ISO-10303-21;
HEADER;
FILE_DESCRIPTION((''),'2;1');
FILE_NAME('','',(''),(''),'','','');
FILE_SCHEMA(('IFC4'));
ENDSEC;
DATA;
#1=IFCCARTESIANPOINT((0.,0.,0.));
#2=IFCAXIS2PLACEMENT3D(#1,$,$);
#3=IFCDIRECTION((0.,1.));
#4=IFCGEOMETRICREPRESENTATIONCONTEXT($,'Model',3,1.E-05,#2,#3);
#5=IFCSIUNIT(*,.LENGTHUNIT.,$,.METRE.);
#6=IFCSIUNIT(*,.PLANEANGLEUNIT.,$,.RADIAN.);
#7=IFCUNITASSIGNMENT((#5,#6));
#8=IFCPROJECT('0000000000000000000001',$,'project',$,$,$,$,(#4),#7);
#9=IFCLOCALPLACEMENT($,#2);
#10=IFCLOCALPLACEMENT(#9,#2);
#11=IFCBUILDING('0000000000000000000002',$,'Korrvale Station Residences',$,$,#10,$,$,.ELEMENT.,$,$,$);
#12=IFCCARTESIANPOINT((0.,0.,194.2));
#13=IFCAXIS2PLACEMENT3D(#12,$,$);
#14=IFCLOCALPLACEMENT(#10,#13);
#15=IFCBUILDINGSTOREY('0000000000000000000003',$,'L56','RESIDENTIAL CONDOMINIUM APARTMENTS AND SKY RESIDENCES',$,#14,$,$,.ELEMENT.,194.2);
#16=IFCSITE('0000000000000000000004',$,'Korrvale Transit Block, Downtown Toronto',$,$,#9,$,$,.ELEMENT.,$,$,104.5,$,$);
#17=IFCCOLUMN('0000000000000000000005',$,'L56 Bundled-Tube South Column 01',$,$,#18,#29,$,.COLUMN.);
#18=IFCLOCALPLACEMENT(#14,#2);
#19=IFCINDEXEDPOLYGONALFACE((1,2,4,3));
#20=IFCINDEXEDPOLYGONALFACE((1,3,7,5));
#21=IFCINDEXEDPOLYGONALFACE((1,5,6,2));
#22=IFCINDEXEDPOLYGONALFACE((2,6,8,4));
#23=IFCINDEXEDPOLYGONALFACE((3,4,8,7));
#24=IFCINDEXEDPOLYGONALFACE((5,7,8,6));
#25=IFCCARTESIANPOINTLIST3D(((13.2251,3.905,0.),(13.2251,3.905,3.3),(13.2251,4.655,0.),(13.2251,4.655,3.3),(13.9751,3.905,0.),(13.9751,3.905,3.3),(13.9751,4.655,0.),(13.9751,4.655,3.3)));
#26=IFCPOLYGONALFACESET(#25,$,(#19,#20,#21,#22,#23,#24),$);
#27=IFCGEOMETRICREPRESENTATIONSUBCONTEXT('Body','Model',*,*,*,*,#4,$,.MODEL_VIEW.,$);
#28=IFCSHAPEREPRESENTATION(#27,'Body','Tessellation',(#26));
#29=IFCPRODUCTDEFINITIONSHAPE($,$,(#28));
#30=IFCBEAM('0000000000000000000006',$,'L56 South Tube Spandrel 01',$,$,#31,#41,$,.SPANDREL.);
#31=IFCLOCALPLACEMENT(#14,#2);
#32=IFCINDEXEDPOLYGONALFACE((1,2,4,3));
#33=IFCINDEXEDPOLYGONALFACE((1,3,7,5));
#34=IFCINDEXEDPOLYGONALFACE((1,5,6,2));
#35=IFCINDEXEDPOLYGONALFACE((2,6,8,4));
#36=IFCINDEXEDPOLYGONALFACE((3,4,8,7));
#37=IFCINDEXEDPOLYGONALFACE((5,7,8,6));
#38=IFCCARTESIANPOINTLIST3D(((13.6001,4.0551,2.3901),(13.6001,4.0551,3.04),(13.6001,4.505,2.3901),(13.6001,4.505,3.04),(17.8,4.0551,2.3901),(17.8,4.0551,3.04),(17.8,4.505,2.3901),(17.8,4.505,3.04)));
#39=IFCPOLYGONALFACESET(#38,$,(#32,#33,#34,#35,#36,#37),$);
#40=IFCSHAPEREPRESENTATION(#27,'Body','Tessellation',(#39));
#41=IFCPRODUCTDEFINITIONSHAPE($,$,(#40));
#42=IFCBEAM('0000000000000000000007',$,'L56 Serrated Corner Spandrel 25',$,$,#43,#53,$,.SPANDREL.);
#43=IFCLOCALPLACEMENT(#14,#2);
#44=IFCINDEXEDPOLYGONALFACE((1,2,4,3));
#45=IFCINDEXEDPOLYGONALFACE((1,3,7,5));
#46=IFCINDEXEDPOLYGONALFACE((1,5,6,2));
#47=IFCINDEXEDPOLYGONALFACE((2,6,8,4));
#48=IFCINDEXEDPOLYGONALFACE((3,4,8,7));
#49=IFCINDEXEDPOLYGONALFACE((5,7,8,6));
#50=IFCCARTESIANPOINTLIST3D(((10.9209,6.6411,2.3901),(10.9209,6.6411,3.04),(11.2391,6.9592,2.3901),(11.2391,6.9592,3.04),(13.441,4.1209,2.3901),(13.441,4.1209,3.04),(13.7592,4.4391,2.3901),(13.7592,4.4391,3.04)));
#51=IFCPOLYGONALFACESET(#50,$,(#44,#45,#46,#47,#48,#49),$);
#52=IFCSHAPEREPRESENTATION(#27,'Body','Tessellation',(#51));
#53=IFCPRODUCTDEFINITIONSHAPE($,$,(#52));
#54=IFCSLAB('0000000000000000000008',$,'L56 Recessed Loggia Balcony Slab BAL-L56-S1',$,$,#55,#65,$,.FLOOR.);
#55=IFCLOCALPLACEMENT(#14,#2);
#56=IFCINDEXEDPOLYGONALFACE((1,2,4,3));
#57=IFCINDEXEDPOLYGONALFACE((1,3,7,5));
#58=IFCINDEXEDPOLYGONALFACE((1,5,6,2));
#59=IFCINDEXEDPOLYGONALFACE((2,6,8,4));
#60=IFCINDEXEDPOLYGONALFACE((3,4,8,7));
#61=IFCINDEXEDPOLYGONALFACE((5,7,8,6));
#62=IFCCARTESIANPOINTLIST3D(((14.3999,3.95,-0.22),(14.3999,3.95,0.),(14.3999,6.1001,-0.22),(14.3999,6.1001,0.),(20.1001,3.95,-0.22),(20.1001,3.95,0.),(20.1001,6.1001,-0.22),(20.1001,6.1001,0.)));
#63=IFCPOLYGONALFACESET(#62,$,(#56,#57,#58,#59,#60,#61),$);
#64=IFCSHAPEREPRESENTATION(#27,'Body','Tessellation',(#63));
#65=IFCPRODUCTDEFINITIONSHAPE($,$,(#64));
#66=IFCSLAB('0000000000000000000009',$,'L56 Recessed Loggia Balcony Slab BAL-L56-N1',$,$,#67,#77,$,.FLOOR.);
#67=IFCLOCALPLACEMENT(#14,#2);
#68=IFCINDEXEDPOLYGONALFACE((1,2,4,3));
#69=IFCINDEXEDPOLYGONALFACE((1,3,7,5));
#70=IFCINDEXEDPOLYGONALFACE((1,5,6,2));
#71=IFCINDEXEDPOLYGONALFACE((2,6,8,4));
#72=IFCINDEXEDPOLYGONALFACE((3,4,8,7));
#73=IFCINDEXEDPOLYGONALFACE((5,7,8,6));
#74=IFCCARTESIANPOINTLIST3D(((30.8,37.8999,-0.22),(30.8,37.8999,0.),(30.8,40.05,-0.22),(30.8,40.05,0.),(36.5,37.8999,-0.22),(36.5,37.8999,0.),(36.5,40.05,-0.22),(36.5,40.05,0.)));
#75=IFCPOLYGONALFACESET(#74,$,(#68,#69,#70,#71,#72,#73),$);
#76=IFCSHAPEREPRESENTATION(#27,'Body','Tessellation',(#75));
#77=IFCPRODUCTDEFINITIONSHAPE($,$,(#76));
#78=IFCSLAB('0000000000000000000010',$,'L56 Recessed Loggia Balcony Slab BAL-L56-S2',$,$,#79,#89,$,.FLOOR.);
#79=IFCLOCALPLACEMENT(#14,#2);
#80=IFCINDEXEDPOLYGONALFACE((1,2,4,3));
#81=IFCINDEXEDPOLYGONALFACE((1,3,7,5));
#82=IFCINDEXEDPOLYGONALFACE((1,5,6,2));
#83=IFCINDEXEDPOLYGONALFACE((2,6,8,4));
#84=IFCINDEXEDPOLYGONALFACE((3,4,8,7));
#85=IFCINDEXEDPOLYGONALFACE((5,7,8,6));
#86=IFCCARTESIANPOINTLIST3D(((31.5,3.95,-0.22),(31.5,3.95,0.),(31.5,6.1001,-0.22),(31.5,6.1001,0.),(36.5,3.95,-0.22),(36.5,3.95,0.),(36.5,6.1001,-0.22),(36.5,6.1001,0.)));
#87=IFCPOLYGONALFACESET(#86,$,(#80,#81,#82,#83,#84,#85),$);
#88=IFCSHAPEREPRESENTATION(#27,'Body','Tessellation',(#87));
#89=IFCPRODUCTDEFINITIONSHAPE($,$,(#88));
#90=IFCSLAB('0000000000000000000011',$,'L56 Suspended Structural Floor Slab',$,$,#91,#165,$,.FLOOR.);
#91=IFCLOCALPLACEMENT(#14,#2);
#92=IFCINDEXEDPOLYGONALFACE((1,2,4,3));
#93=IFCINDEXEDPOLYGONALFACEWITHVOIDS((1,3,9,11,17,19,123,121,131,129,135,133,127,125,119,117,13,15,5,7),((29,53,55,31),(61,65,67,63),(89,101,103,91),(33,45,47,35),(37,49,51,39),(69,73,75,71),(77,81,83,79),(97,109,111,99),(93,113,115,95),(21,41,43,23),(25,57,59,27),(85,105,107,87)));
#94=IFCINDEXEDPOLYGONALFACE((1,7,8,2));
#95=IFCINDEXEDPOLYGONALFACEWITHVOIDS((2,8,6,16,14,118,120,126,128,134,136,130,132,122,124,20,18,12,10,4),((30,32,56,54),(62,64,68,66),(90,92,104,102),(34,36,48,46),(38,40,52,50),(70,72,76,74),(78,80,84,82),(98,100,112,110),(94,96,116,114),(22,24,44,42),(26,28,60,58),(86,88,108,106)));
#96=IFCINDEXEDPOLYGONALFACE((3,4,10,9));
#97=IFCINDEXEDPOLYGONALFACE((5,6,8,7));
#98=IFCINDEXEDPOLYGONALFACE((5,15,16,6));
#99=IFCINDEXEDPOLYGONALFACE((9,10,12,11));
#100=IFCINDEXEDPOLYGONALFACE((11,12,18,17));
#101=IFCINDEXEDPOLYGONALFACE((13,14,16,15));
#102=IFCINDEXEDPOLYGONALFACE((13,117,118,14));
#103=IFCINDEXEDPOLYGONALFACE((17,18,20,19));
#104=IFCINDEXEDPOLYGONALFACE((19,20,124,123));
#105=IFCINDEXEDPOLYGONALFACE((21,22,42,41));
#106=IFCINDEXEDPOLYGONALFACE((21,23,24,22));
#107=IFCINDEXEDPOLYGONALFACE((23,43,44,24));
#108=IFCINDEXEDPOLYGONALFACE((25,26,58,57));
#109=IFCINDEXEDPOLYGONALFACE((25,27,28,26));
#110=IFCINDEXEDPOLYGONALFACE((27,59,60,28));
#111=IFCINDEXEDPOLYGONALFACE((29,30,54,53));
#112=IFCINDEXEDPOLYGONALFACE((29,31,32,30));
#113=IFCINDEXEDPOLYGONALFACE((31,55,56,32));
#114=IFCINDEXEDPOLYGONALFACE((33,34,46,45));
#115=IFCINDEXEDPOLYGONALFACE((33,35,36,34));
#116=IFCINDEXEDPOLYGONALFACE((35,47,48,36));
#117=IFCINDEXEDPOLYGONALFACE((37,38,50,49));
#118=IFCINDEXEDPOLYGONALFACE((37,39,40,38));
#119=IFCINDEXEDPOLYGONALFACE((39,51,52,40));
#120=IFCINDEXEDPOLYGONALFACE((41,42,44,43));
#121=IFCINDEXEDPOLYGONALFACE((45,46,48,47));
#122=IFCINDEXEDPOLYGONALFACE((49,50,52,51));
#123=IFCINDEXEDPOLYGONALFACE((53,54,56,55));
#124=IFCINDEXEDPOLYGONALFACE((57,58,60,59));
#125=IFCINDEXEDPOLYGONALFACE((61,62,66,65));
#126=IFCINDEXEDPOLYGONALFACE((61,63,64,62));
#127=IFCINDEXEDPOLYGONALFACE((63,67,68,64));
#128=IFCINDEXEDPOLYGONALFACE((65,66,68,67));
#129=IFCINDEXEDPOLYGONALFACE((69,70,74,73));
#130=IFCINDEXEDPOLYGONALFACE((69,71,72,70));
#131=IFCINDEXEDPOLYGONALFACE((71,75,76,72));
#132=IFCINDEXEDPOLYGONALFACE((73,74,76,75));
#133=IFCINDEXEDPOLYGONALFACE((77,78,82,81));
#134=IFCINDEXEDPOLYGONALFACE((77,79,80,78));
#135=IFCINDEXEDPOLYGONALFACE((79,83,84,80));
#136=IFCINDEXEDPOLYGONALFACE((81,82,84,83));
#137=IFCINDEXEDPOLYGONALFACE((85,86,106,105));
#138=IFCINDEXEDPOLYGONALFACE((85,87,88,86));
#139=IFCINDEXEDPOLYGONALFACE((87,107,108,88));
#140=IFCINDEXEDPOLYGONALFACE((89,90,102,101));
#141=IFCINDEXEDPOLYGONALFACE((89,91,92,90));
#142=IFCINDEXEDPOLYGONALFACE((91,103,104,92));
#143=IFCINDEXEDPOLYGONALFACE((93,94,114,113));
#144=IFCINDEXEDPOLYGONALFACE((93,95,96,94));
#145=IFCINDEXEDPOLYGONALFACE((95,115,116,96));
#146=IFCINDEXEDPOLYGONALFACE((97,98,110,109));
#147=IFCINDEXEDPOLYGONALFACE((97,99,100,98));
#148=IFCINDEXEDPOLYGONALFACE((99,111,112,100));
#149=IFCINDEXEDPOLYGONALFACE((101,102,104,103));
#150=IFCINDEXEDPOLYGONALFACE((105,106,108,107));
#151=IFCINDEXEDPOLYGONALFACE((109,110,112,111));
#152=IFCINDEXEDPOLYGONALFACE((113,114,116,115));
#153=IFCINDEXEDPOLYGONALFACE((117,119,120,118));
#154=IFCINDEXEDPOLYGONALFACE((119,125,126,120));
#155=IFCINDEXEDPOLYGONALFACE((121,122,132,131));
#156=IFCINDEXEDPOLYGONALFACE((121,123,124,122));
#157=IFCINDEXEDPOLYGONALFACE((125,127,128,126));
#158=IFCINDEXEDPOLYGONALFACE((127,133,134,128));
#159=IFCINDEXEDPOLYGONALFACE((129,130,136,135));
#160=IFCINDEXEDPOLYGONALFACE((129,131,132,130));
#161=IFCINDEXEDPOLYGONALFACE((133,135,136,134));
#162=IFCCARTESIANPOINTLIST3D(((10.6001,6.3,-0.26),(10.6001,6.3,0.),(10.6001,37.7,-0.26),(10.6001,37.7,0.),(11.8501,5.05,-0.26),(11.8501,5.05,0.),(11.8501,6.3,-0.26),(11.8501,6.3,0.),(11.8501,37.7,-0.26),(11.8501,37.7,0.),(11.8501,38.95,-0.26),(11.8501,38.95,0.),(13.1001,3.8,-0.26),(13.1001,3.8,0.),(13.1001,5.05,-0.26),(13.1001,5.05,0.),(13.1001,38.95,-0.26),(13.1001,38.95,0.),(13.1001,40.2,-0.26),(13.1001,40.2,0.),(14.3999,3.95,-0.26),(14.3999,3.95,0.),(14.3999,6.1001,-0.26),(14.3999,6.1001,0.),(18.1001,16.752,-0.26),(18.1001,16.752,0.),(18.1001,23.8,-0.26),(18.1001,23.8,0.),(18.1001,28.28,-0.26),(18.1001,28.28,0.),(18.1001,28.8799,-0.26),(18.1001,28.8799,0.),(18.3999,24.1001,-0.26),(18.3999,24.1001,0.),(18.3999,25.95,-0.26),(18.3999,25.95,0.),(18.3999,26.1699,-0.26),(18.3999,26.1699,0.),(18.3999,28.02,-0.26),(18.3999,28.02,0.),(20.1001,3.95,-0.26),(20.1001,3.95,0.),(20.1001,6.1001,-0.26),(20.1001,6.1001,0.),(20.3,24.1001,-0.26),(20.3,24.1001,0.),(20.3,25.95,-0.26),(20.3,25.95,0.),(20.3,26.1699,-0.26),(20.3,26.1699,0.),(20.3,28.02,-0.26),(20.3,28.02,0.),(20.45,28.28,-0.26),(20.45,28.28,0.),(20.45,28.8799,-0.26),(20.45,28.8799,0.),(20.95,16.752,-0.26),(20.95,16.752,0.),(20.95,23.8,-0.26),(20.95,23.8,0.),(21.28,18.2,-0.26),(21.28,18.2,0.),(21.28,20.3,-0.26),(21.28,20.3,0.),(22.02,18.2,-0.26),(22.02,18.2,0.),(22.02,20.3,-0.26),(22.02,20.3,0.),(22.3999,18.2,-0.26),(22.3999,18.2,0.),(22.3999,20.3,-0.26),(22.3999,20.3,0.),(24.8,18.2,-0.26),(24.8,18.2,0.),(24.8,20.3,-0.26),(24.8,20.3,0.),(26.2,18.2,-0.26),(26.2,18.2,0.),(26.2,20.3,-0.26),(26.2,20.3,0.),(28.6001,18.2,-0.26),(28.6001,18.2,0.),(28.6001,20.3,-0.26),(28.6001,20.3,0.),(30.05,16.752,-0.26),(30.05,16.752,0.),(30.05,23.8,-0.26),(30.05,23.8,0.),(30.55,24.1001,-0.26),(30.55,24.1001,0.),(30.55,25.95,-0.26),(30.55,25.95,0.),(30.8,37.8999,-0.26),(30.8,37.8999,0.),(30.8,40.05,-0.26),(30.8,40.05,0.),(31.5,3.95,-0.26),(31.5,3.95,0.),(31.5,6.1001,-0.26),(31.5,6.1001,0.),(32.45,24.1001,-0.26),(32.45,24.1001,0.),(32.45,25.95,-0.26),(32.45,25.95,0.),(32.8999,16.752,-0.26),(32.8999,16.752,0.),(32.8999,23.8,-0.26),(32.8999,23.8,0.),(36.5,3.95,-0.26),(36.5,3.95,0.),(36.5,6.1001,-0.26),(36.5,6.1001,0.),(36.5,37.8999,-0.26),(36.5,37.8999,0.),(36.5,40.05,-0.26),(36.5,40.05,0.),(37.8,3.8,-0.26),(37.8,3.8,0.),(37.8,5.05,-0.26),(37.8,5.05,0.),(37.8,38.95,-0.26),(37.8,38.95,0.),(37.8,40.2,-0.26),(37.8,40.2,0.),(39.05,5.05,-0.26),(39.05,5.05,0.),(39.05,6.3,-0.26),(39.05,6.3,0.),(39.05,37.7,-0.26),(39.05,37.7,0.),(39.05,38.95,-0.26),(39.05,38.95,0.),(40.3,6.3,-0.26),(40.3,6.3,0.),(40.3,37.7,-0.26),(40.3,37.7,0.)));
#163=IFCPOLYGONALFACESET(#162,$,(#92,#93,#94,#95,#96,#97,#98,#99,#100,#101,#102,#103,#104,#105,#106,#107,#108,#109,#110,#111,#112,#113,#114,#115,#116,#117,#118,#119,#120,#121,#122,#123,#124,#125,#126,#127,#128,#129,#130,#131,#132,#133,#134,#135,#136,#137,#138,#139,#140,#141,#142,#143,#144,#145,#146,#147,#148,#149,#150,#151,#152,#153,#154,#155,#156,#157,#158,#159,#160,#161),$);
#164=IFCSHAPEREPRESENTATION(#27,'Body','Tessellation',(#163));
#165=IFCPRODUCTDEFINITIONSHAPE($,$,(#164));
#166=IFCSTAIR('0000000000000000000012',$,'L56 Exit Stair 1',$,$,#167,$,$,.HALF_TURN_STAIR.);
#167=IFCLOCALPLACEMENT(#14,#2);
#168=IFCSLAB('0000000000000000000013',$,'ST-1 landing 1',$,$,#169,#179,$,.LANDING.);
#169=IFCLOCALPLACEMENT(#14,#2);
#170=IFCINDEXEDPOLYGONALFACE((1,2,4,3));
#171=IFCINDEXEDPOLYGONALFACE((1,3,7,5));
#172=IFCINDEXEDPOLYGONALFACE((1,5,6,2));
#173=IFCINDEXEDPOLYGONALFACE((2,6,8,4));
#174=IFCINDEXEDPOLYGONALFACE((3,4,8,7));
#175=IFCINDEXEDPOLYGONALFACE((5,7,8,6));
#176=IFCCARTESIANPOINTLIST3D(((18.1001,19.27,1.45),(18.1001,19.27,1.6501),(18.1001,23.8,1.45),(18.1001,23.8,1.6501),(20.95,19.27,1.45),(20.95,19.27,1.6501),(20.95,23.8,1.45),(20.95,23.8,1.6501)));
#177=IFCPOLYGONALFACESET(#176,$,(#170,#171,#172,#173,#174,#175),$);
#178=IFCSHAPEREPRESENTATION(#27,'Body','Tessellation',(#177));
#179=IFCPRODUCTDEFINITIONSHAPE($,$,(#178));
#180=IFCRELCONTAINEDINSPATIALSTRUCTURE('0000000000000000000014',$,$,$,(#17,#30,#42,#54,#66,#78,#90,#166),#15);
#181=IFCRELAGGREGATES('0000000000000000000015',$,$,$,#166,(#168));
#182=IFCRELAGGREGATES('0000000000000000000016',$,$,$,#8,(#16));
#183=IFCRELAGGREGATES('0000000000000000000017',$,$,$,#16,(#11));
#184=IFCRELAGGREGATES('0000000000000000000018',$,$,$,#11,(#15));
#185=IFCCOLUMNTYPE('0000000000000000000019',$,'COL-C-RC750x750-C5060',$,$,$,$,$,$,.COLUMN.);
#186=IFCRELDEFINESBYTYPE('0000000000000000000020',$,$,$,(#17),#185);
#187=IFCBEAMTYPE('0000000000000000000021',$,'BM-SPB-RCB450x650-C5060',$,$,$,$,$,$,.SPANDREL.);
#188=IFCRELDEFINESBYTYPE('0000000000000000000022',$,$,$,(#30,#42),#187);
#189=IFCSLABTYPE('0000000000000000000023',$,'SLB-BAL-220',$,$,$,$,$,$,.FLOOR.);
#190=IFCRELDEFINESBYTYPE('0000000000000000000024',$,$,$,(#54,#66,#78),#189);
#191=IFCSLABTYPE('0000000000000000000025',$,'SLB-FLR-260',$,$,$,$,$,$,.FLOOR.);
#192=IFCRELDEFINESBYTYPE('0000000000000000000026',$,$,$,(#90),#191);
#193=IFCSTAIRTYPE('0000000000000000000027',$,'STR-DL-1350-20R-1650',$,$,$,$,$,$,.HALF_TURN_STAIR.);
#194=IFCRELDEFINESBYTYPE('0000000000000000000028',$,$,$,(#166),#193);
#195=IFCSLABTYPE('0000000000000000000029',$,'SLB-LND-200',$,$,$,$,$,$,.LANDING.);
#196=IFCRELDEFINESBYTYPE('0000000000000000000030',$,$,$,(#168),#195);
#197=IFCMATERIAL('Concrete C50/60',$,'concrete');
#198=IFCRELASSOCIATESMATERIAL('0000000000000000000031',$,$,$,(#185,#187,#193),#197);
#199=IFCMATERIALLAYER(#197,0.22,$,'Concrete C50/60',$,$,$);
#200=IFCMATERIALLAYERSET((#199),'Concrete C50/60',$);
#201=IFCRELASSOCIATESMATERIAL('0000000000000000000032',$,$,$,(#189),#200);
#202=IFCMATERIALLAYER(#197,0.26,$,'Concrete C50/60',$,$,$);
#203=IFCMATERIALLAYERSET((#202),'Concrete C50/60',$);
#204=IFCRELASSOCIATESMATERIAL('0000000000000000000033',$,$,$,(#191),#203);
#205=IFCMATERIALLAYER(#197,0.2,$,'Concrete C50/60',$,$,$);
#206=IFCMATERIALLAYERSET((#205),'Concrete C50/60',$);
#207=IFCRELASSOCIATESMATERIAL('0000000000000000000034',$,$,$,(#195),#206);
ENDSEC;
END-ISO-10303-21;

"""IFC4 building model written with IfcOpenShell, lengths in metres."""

from ifc_helpers import new_model, si_unit, direction, frame, origin, origin_2d, place, context, subcontext, project, spatial, polyline, rectangle, outline, extrude, material, layer, layer_set, material_profile, profile_set, type_object, element, aggregate, save


model = new_model("IFC4")

# Units and contexts
model_context = context("Model", 3, precision=1e-05, world=origin(), true_north=direction((0.0, 1.0)))
body_context = subcontext(model_context, "Body", "Model", "MODEL_VIEW")
ifc_project = project(units=[si_unit("LENGTHUNIT", "METRE"), si_unit("PLANEANGLEUNIT", "RADIAN")], contexts=[model_context])

# Site, building, storey
site_placement = place(None, origin())
site = spatial("IfcSite", under=ifc_project, at=site_placement, Name="Korrvale Transit Block, Downtown Toronto", CompositionType="ELEMENT", RefElevation=104.5)
building_placement = place(site_placement, origin())
building = spatial("IfcBuilding", under=site, at=building_placement, Name="Korrvale Station Residences", CompositionType="ELEMENT")
storey_placement = place(building_placement, frame((0.0, 0.0, 194.2)))
storey = spatial("IfcBuildingStorey", under=building, at=storey_placement, Name="L56", Description="RESIDENTIAL CONDOMINIUM APARTMENTS AND SKY RESIDENCES", CompositionType="ELEMENT", Elevation=194.2)

# Column
ifc_material_1 = material(Name="Concrete C50/60", Category="concrete")
ifc_material_profile_1 = material_profile(ifc_material_1, rectangle(XDim=0.75, YDim=0.75, at=origin_2d()), Name="RC750x750")
ifc_profile_set_1 = profile_set([ifc_material_profile_1], Name="Concrete C50/60")
column_type = type_object("IfcColumnType", Name="COL-C-RC750x750-C5060", PredefinedType="COLUMN", material=ifc_profile_set_1)
column_placement = place(storey_placement, frame((13.6001, 4.28, 0.0), z_axis=(0.0, 0.0, 1.0), x_axis=(1.0, 0.0, 0.0)))
element("IfcColumn", 1, at=column_placement, inside=storey, type_object=column_type, Name="L56 Bundled-Tube South Column 01", PredefinedType="COLUMN", context=body_context, shape_type="SweptSolid", body=[
    extrude(rectangle(XDim=0.75, YDim=0.75, at=origin_2d()), origin(), (0.0, 0.0, 1.0), 3.3),
])

# Beams
ifc_material_profile_2 = material_profile(ifc_material_1, rectangle(XDim=0.45, YDim=0.6499, at=origin_2d()), Name="RCB450x650")
ifc_profile_set_2 = profile_set([ifc_material_profile_2], Name="Concrete C50/60")
beam_type = type_object("IfcBeamType", Name="BM-SPB-RCB450x650-C5060", PredefinedType="SPANDREL", material=ifc_profile_set_2)
beam_1_placement = place(storey_placement, frame((13.6001, 4.28, 2.7151), z_axis=(1.0, 0.0, 0.0), x_axis=(0.0, 1.0, 0.0)))
element("IfcBeam", 2, at=beam_1_placement, inside=storey, type_object=beam_type, Name="L56 South Tube Spandrel 01", PredefinedType="SPANDREL", context=body_context, shape_type="SweptSolid", body=[
    extrude(rectangle(XDim=0.45, YDim=0.6499, at=origin_2d()), origin(), (0.0, 0.0, 1.0), 4.2),
])
beam_2_placement = place(storey_placement, frame((13.6001, 4.28, 2.7151), z_axis=(-0.707107, 0.707107, 0.0), x_axis=(-0.707107, -0.707107, 0.0)))
element("IfcBeam", 3, at=beam_2_placement, inside=storey, type_object=beam_type, Name="L56 Serrated Corner Spandrel 25", PredefinedType="SPANDREL", context=body_context, shape_type="SweptSolid", body=[
    extrude(rectangle(XDim=0.45, YDim=0.6499, at=origin_2d()), origin(), (0.0, 0.0, 1.0), 3.564),
])

# Slabs
ifc_layer_1 = layer(ifc_material_1, 0.22, Name="Concrete C50/60")
ifc_layer_set_1 = layer_set([ifc_layer_1], Name="Concrete C50/60")
slab_type_1 = type_object("IfcSlabType", Name="SLB-BAL-220", PredefinedType="FLOOR", material=ifc_layer_set_1)
slab_1_placement = place(storey_placement, frame((0.0, 0.0, -0.22)))
element("IfcSlab", 4, at=slab_1_placement, inside=storey, type_object=slab_type_1, Name="L56 Recessed Loggia Balcony Slab BAL-L56-S1", PredefinedType="FLOOR", context=body_context, shape_type="SweptSolid", body=[
    extrude(outline(polyline([(14.3999, 3.95), (20.1001, 3.95), (20.1001, 6.1001), (14.3999, 6.1001), (14.3999, 3.95)])), origin(), (0.0, 0.0, 1.0), 0.22),
])
slab_2_placement = place(storey_placement, frame((0.0, 0.0, -0.22)))
element("IfcSlab", 5, at=slab_2_placement, inside=storey, type_object=slab_type_1, Name="L56 Recessed Loggia Balcony Slab BAL-L56-N1", PredefinedType="FLOOR", context=body_context, shape_type="SweptSolid", body=[
    extrude(outline(polyline([(30.8, 37.8999), (36.5, 37.8999), (36.5, 40.05), (30.8, 40.05), (30.8, 37.8999)])), origin(), (0.0, 0.0, 1.0), 0.22),
])
slab_3_placement = place(storey_placement, frame((0.0, 0.0, -0.22)))
element("IfcSlab", 6, at=slab_3_placement, inside=storey, type_object=slab_type_1, Name="L56 Recessed Loggia Balcony Slab BAL-L56-S2", PredefinedType="FLOOR", context=body_context, shape_type="SweptSolid", body=[
    extrude(outline(polyline([(31.5, 3.95), (36.5, 3.95), (36.5, 6.1001), (31.5, 6.1001), (31.5, 3.95)])), origin(), (0.0, 0.0, 1.0), 0.22),
])
ifc_layer_2 = layer(ifc_material_1, 0.26, Name="Concrete C50/60")
ifc_layer_set_2 = layer_set([ifc_layer_2], Name="Concrete C50/60")
slab_type_2 = type_object("IfcSlabType", Name="SLB-FLR-260", PredefinedType="FLOOR", material=ifc_layer_set_2)
slab_4_placement = place(storey_placement, frame((0.0, 0.0, -0.26)))
element("IfcSlab", 7, at=slab_4_placement, inside=storey, type_object=slab_type_2, Name="L56 Suspended Structural Floor Slab", PredefinedType="FLOOR", context=body_context, shape_type="SweptSolid", body=[
    extrude(outline(polyline([(13.1001, 3.8), (37.8, 3.8), (37.8, 5.05), (39.05, 5.05), (39.05, 6.3), (40.3, 6.3), (40.3, 37.7), (39.05, 37.7), (39.05, 38.95), (37.8, 38.95), (37.8, 40.2), (13.1001, 40.2), (13.1001, 38.95), (11.8501, 38.95), (11.8501, 37.7), (10.6001, 37.7), (10.6001, 6.3), (11.8501, 6.3), (11.8501, 5.05), (13.1001, 5.05), (13.1001, 3.8)]), holes=[polyline([(20.95, 16.752), (20.95, 23.8), (18.1001, 23.8), (18.1001, 16.752), (20.95, 16.752)]), polyline([(32.8999, 16.752), (32.8999, 23.8), (30.05, 23.8), (30.05, 16.752), (32.8999, 16.752)]), polyline([(18.3999, 24.1001), (20.3, 24.1001), (20.3, 25.95), (18.3999, 25.95), (18.3999, 24.1001)]), polyline([(18.3999, 26.1699), (20.3, 26.1699), (20.3, 28.02), (18.3999, 28.02), (18.3999, 26.1699)]), polyline([(30.55, 24.1001), (32.45, 24.1001), (32.45, 25.95), (30.55, 25.95), (30.55, 24.1001)]), polyline([(22.3999, 18.2), (24.8, 18.2), (24.8, 20.3), (22.3999, 20.3), (22.3999, 18.2)]), polyline([(26.2, 18.2), (28.6001, 18.2), (28.6001, 20.3), (26.2, 20.3), (26.2, 18.2)]), polyline([(18.1001, 28.28), (20.45, 28.28), (20.45, 28.8799), (18.1001, 28.8799), (18.1001, 28.28)]), polyline([(21.28, 18.2), (22.02, 18.2), (22.02, 20.3), (21.28, 20.3), (21.28, 18.2)]), polyline([(14.3999, 3.95), (20.1001, 3.95), (20.1001, 6.1001), (14.3999, 6.1001), (14.3999, 3.95)]), polyline([(30.8, 37.8999), (36.5, 37.8999), (36.5, 40.05), (30.8, 40.05), (30.8, 37.8999)]), polyline([(31.5, 3.95), (36.5, 3.95), (36.5, 6.1001), (31.5, 6.1001), (31.5, 3.95)])]), origin(), (0.0, 0.0, 1.0), 0.26),
])

# Stair, slab
stair_type = type_object("IfcStairType", Name="STR-DL-1350-20R-1650", PredefinedType="HALF_TURN_STAIR", material=ifc_material_1)
stair_1_placement = place(storey_placement, origin())
stair_1 = element("IfcStair", 8, at=stair_1_placement, inside=storey, type_object=stair_type, Name="L56 Exit Stair 1", PredefinedType="HALF_TURN_STAIR")
ifc_layer_3 = layer(ifc_material_1, 0.2, Name="Concrete C50/60")
ifc_layer_set_3 = layer_set([ifc_layer_3], Name="Concrete C50/60")
slab_type_3 = type_object("IfcSlabType", Name="SLB-LND-200", PredefinedType="LANDING", material=ifc_layer_set_3)
slab_5_placement = place(storey_placement, frame((0.0, 0.0, 1.45)))
slab_5 = element("IfcSlab", 9, at=slab_5_placement, type_object=slab_type_3, Name="ST-1 landing 1", PredefinedType="LANDING", context=body_context, shape_type="SweptSolid", body=[
    extrude(outline(polyline([(20.95, 19.27), (20.95, 23.8), (18.1001, 23.8), (18.1001, 19.27), (20.95, 19.27)])), origin(), (0.0, 0.0, 1.0), 0.2002),
])
aggregate(stair_1, [slab_5])

save(model, "model.ifc")
